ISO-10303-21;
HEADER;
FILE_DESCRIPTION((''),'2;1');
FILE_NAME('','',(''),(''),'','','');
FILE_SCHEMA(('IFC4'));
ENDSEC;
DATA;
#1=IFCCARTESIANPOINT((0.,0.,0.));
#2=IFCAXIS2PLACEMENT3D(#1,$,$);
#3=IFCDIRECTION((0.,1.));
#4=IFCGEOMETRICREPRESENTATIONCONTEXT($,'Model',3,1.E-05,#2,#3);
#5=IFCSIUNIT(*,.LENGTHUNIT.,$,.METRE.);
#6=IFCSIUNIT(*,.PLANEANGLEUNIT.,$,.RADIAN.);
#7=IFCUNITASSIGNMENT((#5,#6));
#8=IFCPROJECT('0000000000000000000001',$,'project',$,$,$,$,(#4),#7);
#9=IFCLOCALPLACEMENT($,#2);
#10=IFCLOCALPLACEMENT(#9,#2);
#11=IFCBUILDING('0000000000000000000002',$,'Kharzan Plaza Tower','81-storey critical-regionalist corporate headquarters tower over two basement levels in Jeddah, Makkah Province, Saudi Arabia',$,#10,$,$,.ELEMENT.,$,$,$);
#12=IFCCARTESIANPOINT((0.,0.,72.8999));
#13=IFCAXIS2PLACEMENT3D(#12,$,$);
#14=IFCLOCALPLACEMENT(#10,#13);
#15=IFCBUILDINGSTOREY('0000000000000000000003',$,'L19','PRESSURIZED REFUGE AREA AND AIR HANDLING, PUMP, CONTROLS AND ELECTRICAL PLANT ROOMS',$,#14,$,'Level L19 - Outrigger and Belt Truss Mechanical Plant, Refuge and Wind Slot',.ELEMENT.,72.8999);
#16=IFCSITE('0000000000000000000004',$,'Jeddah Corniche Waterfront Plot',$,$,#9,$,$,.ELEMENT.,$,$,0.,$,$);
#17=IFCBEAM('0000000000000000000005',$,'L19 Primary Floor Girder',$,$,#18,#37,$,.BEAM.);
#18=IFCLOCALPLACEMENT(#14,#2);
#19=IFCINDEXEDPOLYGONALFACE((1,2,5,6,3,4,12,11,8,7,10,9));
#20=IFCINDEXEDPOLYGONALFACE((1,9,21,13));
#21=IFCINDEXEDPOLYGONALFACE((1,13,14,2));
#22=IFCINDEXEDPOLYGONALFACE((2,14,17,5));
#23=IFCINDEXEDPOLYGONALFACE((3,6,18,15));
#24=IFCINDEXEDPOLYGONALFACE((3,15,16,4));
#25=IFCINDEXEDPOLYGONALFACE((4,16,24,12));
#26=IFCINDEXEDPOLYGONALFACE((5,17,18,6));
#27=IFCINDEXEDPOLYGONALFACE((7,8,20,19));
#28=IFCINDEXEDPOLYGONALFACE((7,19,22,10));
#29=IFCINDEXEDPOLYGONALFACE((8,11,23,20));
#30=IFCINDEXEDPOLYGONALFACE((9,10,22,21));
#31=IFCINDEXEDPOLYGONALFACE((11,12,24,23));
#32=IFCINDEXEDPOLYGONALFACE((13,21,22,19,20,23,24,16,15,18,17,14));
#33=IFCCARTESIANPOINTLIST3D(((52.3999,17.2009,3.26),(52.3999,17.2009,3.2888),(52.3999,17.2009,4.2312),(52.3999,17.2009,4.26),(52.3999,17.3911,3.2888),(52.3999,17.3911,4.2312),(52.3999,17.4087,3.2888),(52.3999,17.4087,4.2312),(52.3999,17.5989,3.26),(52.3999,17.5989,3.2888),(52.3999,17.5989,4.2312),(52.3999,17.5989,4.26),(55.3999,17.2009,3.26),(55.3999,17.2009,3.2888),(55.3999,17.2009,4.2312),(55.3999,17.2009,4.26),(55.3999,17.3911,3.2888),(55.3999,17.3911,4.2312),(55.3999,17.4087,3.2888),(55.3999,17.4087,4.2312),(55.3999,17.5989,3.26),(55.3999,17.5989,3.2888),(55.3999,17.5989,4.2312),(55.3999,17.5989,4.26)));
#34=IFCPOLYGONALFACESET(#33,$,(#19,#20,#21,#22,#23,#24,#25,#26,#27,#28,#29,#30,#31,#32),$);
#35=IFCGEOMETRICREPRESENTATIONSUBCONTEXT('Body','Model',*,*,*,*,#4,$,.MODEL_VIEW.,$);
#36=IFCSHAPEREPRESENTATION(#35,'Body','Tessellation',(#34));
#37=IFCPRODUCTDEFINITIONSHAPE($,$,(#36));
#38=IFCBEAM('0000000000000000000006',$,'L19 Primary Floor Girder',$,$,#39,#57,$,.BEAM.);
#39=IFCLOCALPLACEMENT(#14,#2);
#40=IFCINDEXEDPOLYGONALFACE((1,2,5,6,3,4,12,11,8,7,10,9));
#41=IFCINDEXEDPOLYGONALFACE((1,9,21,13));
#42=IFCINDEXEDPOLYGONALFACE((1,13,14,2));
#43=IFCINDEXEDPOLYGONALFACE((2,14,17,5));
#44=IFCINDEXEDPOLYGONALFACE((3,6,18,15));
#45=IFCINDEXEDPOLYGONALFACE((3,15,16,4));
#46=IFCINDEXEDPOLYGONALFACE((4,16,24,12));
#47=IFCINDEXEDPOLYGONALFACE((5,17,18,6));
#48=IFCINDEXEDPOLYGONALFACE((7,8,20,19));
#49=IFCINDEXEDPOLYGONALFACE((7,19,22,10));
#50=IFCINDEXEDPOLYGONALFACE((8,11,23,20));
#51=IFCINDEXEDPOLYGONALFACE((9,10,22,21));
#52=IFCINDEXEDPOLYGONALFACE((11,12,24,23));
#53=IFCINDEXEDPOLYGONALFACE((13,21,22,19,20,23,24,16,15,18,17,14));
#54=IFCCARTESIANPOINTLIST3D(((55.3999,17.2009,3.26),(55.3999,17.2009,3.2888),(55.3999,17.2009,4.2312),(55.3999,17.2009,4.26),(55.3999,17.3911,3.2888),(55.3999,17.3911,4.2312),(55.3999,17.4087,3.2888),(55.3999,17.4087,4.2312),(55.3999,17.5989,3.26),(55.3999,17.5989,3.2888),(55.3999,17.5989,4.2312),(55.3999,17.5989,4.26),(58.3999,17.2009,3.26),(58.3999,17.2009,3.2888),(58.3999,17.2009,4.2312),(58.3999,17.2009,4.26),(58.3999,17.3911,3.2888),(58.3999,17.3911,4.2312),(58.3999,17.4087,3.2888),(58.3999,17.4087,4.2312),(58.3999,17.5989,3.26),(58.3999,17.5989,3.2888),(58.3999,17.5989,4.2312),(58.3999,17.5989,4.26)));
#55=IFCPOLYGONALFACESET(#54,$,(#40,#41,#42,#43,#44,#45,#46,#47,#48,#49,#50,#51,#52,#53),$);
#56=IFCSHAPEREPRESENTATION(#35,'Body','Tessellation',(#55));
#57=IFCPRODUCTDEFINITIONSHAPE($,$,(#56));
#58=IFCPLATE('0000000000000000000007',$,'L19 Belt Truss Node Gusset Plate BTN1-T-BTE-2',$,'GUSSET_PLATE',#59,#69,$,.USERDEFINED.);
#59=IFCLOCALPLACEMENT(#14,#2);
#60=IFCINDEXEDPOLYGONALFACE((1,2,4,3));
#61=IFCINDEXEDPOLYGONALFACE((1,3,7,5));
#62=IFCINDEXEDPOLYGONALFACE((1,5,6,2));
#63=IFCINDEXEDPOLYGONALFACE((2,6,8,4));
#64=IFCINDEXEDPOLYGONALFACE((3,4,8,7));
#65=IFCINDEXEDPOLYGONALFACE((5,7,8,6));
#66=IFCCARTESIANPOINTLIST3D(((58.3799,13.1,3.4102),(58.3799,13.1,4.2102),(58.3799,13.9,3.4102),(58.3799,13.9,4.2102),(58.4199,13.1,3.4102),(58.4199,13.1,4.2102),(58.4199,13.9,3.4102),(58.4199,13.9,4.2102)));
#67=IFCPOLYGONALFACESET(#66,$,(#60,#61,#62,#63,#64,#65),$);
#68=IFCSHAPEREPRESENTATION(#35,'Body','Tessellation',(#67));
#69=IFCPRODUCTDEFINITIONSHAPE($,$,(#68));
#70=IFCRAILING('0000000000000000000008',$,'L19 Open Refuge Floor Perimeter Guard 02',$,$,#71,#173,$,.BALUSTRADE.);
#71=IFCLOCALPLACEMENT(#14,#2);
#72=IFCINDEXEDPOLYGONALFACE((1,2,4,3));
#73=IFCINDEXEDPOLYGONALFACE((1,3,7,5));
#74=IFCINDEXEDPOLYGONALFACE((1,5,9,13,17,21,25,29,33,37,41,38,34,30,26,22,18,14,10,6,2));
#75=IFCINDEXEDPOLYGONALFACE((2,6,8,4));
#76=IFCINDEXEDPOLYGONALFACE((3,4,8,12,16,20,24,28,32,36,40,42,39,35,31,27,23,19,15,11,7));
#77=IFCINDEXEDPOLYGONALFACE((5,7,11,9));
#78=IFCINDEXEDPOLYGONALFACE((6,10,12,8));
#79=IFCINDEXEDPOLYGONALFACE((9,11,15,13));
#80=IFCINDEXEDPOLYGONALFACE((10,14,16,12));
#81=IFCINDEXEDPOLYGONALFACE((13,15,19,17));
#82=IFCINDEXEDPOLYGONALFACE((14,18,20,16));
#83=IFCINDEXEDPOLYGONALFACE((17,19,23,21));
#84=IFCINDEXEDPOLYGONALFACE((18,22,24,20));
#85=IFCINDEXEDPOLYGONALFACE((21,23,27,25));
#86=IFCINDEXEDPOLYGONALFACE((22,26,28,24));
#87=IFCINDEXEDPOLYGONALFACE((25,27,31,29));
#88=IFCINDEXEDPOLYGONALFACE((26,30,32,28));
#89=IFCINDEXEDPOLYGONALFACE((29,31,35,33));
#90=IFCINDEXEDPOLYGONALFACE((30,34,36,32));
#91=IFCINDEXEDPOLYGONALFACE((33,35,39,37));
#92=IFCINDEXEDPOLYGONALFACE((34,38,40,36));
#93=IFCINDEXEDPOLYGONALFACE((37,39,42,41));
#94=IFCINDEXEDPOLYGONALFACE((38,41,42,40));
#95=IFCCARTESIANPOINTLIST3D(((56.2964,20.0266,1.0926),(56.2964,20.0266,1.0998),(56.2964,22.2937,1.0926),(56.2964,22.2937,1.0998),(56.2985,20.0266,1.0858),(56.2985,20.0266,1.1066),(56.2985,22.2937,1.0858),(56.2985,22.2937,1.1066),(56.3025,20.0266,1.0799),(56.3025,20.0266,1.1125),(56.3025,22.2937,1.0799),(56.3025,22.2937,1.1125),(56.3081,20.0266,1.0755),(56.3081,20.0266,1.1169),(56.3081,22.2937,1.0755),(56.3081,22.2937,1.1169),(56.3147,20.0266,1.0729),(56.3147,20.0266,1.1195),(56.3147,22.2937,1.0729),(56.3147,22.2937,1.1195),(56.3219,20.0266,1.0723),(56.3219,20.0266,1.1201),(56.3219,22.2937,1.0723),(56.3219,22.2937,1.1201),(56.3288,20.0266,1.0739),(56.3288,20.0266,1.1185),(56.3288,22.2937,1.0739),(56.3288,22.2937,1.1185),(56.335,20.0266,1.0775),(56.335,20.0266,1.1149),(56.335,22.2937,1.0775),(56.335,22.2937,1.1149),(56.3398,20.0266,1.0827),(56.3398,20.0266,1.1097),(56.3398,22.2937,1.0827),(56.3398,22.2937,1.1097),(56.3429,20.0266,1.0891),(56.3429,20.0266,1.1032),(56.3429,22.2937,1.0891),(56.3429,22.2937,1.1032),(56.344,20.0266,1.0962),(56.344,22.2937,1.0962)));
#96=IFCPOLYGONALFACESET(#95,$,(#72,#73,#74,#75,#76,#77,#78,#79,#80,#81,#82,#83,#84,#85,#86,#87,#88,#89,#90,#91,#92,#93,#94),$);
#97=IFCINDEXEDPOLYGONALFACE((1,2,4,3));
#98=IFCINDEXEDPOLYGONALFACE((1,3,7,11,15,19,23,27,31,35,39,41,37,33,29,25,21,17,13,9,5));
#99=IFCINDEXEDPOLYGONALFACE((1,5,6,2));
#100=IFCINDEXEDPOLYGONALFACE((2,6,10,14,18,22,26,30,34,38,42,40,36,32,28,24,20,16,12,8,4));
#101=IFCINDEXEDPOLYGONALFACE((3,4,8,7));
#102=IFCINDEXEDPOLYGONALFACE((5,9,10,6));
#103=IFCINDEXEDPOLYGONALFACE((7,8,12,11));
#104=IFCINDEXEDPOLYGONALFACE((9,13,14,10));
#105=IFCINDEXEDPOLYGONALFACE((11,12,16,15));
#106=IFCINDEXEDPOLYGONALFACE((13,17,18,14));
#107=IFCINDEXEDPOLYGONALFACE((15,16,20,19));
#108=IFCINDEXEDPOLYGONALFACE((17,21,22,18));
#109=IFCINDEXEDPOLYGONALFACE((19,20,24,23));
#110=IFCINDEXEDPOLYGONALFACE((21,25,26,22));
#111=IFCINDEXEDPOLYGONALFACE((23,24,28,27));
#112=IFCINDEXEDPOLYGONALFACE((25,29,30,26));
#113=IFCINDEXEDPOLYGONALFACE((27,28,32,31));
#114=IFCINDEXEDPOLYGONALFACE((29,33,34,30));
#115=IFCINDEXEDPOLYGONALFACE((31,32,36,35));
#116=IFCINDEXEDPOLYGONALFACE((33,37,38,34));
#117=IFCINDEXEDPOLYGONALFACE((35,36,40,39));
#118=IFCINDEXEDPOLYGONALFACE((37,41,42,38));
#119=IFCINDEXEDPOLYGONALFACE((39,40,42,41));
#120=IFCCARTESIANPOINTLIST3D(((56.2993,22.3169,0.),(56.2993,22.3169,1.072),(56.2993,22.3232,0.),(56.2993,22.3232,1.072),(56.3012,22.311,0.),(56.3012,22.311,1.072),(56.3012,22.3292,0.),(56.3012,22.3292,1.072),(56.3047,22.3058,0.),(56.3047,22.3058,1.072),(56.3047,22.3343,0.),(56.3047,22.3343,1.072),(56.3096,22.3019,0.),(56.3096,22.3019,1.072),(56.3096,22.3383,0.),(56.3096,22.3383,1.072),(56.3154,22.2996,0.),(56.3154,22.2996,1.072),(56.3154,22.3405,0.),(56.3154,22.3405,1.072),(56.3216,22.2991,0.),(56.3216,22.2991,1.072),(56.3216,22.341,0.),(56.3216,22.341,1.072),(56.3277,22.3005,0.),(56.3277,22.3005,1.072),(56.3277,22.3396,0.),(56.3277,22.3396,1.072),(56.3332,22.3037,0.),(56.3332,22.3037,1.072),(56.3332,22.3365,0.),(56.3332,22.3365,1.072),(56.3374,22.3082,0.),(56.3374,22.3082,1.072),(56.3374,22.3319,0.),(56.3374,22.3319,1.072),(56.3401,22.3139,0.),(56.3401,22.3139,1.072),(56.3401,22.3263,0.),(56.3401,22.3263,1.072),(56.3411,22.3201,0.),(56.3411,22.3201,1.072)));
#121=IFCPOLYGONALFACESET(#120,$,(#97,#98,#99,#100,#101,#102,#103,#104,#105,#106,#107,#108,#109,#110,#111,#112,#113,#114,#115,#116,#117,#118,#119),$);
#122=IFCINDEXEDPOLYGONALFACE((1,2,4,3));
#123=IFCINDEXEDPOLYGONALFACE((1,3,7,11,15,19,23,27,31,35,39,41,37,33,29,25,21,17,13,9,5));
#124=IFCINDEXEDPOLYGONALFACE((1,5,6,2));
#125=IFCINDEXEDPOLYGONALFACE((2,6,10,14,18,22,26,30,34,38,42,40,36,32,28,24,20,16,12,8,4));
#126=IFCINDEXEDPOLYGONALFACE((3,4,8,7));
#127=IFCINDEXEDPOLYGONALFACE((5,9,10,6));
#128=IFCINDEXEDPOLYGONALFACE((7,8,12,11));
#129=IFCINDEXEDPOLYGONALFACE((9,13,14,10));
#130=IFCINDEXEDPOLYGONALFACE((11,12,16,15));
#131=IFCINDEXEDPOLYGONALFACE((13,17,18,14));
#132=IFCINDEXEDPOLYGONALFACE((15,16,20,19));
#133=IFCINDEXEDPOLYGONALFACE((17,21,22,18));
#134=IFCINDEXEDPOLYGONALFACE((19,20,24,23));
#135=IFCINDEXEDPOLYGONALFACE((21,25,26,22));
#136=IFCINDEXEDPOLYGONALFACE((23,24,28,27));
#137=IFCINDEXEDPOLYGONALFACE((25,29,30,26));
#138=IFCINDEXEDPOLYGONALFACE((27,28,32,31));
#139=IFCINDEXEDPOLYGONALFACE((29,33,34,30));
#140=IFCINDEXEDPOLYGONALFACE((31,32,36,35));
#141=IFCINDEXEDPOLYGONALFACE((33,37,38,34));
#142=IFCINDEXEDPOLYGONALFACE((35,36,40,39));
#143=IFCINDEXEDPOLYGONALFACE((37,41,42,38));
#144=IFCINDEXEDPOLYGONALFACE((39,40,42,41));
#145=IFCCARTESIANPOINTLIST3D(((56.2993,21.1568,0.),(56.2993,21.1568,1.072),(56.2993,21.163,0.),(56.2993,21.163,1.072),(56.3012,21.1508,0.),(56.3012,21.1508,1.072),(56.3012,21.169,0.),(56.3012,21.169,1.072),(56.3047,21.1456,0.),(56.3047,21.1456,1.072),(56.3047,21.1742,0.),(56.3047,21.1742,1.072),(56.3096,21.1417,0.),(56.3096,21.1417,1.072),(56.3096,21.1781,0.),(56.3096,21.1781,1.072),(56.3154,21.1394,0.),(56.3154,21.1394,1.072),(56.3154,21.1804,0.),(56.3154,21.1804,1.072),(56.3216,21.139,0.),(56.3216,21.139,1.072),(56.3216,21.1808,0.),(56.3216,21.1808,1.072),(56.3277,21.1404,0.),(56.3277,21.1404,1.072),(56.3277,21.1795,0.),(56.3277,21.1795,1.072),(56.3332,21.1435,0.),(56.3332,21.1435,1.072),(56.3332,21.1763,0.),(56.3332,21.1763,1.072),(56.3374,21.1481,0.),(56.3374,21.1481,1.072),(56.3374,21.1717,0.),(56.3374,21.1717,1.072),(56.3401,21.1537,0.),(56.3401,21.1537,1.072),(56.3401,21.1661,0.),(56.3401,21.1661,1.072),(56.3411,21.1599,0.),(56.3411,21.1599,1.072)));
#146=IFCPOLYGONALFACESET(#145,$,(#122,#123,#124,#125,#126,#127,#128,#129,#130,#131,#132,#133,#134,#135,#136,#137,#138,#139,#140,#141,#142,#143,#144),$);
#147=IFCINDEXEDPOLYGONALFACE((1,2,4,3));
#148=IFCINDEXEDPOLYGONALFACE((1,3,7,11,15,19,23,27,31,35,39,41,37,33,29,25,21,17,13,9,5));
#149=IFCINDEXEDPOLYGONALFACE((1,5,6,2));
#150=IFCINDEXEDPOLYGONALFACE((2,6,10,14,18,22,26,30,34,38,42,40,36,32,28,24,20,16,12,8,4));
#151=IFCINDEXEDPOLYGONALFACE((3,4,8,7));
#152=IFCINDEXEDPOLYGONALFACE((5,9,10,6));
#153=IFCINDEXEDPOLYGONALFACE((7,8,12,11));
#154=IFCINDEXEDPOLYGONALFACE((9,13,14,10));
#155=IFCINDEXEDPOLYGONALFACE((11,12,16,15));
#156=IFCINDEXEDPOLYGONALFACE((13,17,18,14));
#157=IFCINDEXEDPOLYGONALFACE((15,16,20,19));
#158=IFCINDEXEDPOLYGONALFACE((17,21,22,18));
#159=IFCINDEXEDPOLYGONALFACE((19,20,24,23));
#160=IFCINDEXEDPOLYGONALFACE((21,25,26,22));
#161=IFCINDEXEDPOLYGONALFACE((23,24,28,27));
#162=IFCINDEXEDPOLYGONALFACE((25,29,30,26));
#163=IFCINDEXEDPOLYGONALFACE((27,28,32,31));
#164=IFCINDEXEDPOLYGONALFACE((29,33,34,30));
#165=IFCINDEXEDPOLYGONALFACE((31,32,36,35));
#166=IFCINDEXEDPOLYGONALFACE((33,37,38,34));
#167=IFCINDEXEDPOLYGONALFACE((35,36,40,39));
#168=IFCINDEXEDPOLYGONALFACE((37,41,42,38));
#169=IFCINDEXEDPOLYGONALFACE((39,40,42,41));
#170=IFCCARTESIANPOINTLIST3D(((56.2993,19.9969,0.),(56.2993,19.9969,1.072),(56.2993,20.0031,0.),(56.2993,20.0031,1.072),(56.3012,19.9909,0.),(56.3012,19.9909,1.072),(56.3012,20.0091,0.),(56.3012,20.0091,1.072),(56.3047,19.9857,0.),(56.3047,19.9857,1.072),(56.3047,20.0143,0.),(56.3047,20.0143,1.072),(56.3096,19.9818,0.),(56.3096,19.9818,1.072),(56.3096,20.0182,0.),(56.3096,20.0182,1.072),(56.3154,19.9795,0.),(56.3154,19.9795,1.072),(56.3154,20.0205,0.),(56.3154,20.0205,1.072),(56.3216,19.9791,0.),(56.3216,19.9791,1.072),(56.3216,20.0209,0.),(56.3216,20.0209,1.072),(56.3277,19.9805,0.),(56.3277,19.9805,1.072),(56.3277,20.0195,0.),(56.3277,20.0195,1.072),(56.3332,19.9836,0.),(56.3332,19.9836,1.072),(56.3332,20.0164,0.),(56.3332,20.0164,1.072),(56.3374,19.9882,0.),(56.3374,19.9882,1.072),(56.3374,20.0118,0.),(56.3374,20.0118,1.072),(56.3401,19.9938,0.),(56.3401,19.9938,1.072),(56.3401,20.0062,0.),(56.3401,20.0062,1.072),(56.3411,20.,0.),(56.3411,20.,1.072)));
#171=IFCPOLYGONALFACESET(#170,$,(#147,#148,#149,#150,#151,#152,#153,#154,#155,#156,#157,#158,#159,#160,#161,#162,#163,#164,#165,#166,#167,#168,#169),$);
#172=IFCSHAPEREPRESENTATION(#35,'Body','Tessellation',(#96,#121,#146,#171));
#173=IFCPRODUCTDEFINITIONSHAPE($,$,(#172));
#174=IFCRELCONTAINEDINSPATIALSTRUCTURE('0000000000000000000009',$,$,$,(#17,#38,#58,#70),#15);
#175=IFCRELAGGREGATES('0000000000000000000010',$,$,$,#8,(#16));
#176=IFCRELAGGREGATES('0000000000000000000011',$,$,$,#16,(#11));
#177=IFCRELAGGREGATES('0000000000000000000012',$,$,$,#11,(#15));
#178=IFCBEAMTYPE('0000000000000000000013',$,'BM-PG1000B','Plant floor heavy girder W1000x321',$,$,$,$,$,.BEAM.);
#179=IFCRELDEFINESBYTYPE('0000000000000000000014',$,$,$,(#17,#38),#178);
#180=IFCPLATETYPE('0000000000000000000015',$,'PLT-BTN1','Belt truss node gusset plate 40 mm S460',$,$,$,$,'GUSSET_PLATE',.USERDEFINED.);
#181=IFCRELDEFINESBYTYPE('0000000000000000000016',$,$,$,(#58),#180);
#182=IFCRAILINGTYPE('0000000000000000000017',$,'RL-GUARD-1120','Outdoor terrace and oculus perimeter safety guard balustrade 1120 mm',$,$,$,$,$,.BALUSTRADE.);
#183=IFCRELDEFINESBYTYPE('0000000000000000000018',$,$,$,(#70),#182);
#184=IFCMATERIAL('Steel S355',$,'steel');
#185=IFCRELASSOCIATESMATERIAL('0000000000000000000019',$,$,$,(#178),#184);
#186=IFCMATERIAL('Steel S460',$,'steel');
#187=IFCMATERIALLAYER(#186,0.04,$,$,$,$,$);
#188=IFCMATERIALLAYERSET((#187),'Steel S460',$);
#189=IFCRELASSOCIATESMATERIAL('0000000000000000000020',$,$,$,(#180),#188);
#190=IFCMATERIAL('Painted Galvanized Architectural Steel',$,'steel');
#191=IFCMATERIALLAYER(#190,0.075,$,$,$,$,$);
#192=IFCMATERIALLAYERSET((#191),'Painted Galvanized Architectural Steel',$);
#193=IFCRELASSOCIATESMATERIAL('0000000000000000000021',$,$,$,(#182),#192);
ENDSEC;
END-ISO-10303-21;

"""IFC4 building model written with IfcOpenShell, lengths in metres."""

from ifc_helpers import new_model, si_unit, direction, frame, origin, origin_2d, place, context, subcontext, project, spatial, rectangle, circle, i_section, extrude, source, transform, mapped, material, layer, layer_set, material_profile, profile_set, type_object, element, save


model = new_model("IFC4")

# Units and contexts
model_context = context("Model", 3, precision=1e-05, world=origin(), true_north=direction((0.0, 1.0)))
body_context = subcontext(model_context, "Body", "Model", "MODEL_VIEW")
ifc_project = project(units=[si_unit("LENGTHUNIT", "METRE"), si_unit("PLANEANGLEUNIT", "RADIAN")], contexts=[model_context])

# Site, building, storey
site_placement = place(None, origin())
site = spatial("IfcSite", under=ifc_project, at=site_placement, Name="Jeddah Corniche Waterfront Plot", CompositionType="ELEMENT", RefElevation=0.0)
building_placement = place(site_placement, origin())
building = spatial("IfcBuilding", under=site, at=building_placement, Name="Kharzan Plaza Tower", Description="81-storey critical-regionalist corporate headquarters tower over two basement levels in Jeddah, Makkah Province, Saudi Arabia", CompositionType="ELEMENT")
storey_placement = place(building_placement, frame((0.0, 0.0, 72.8999)))
storey = spatial("IfcBuildingStorey", under=building, at=storey_placement, Name="L19", Description="PRESSURIZED REFUGE AREA AND AIR HANDLING, PUMP, CONTROLS AND ELECTRICAL PLANT ROOMS", LongName="Level L19 - Outrigger and Belt Truss Mechanical Plant, Refuge and Wind Slot", CompositionType="ELEMENT", Elevation=72.8999)

# Beams
ifc_material_1 = material(Name="Steel S355", Category="steel")
ifc_material_profile_1 = material_profile(ifc_material_1, i_section(OverallWidth=0.3979, OverallDepth=1.0, WebThickness=0.0176, FlangeThickness=0.0288, at=origin_2d()), Name="W1000x321")
ifc_profile_set_1 = profile_set([ifc_material_profile_1], Name="Steel S355")
beam_type_1 = type_object("IfcBeamType", Name="BM-PG1000B", Description="Plant floor heavy girder W1000x321", PredefinedType="BEAM", material=ifc_profile_set_1)
shared_shape_1 = source(origin(), body_context, "Body", "SweptSolid", [
    extrude(i_section(OverallWidth=0.3979, OverallDepth=1.0, WebThickness=0.0176, FlangeThickness=0.0288, at=origin_2d()), origin(), (0.0, 0.0, 1.0), 3.0),
])
for number, where, z_axis, x_axis, name in (
    (1, (52.3999, 17.3999, 3.76), (1.0, 0.0, 0.0), (0.0, 1.0, 0.0), "L19 Primary Floor Girder"),
    (2, (55.3999, 17.3999, 3.76), (1.0, 0.0, 0.0), (0.0, 1.0, 0.0), "L19 Primary Floor Girder"),
):
    element("IfcBeam", number, at=place(storey_placement, frame(where, z_axis=z_axis, x_axis=x_axis)), inside=storey, type_object=beam_type_1, Name=name, PredefinedType="BEAM", context=body_context, shape_type="MappedRepresentation", body=[
        mapped(shared_shape_1, transform((0.0, 0.0, 0.0), x_axis=(1.0, 0.0, 0.0), y_axis=(0.0, 1.0, 0.0), z_axis=(0.0, 0.0, 1.0))),
    ])

# Plate
ifc_material_2 = material(Name="Steel S460", Category="steel")
ifc_layer_1 = layer(ifc_material_2, 0.04)
ifc_layer_set_1 = layer_set([ifc_layer_1], Name="Steel S460")
plate_type = type_object("IfcPlateType", Name="PLT-BTN1", Description="Belt truss node gusset plate 40 mm S460", ElementType="GUSSET_PLATE", PredefinedType="USERDEFINED", material=ifc_layer_set_1)
shared_shape_2 = source(origin(), body_context, "Body", "SweptSolid", [
    extrude(rectangle(XDim=0.8, YDim=0.04, at=origin_2d()), origin(), (0.0, 0.0, 1.0), 0.8),
])
plate_placement = place(storey_placement, frame((58.3999, 13.5, 3.4102), z_axis=(0.0, 0.0, 1.0), x_axis=(0.0, 1.0, 0.0)))
element("IfcPlate", 3, at=plate_placement, inside=storey, type_object=plate_type, Name="L19 Belt Truss Node Gusset Plate BTN1-T-BTE-2", ObjectType="GUSSET_PLATE", PredefinedType="USERDEFINED", context=body_context, shape_type="MappedRepresentation", body=[
    mapped(shared_shape_2, transform((0.0, 0.0, 0.0), x_axis=(1.0, 0.0, 0.0), y_axis=(0.0, 1.0, 0.0), z_axis=(0.0, 0.0, 1.0))),
])

# Railing
ifc_material_3 = material(Name="Painted Galvanized Architectural Steel", Category="steel")
ifc_layer_2 = layer(ifc_material_3, 0.075)
ifc_layer_set_2 = layer_set([ifc_layer_2], Name="Painted Galvanized Architectural Steel")
railing_type = type_object("IfcRailingType", Name="RL-GUARD-1120", Description="Outdoor terrace and oculus perimeter safety guard balustrade 1120 mm", PredefinedType="BALUSTRADE", material=ifc_layer_set_2)
shared_shape_3 = source(origin(), body_context, "Body", "SweptSolid", [
    extrude(circle(Radius=0.0239, at=origin_2d()), frame((0.0, -0.0264, 1.0962), z_axis=(0.0, -1.0, 0.0), x_axis=(1.0, 0.0, 0.0)), (0.0, 0.0, 1.0), 2.2671),
    extrude(circle(Radius=0.021, at=origin_2d()), origin(), (0.0, 0.0, 1.0), 1.072),
    extrude(circle(Radius=0.021, at=origin_2d()), frame((0.0, -1.1602, 0.0)), (0.0, 0.0, 1.0), 1.072),
    extrude(circle(Radius=0.021, at=origin_2d()), frame((0.0, -2.3201, 0.0)), (0.0, 0.0, 1.0), 1.072),
])
railing_1_placement = place(storey_placement, frame((56.3201, 22.3201, 0.0)))
element("IfcRailing", 4, at=railing_1_placement, inside=storey, type_object=railing_type, Name="L19 Open Refuge Floor Perimeter Guard 02", PredefinedType="BALUSTRADE", context=body_context, shape_type="MappedRepresentation", body=[
    mapped(shared_shape_3, transform((0.0, 0.0, 0.0), x_axis=(1.0, 0.0, 0.0), y_axis=(0.0, 1.0, 0.0), z_axis=(0.0, 0.0, 1.0))),
])

save(model, "model.ifc")
